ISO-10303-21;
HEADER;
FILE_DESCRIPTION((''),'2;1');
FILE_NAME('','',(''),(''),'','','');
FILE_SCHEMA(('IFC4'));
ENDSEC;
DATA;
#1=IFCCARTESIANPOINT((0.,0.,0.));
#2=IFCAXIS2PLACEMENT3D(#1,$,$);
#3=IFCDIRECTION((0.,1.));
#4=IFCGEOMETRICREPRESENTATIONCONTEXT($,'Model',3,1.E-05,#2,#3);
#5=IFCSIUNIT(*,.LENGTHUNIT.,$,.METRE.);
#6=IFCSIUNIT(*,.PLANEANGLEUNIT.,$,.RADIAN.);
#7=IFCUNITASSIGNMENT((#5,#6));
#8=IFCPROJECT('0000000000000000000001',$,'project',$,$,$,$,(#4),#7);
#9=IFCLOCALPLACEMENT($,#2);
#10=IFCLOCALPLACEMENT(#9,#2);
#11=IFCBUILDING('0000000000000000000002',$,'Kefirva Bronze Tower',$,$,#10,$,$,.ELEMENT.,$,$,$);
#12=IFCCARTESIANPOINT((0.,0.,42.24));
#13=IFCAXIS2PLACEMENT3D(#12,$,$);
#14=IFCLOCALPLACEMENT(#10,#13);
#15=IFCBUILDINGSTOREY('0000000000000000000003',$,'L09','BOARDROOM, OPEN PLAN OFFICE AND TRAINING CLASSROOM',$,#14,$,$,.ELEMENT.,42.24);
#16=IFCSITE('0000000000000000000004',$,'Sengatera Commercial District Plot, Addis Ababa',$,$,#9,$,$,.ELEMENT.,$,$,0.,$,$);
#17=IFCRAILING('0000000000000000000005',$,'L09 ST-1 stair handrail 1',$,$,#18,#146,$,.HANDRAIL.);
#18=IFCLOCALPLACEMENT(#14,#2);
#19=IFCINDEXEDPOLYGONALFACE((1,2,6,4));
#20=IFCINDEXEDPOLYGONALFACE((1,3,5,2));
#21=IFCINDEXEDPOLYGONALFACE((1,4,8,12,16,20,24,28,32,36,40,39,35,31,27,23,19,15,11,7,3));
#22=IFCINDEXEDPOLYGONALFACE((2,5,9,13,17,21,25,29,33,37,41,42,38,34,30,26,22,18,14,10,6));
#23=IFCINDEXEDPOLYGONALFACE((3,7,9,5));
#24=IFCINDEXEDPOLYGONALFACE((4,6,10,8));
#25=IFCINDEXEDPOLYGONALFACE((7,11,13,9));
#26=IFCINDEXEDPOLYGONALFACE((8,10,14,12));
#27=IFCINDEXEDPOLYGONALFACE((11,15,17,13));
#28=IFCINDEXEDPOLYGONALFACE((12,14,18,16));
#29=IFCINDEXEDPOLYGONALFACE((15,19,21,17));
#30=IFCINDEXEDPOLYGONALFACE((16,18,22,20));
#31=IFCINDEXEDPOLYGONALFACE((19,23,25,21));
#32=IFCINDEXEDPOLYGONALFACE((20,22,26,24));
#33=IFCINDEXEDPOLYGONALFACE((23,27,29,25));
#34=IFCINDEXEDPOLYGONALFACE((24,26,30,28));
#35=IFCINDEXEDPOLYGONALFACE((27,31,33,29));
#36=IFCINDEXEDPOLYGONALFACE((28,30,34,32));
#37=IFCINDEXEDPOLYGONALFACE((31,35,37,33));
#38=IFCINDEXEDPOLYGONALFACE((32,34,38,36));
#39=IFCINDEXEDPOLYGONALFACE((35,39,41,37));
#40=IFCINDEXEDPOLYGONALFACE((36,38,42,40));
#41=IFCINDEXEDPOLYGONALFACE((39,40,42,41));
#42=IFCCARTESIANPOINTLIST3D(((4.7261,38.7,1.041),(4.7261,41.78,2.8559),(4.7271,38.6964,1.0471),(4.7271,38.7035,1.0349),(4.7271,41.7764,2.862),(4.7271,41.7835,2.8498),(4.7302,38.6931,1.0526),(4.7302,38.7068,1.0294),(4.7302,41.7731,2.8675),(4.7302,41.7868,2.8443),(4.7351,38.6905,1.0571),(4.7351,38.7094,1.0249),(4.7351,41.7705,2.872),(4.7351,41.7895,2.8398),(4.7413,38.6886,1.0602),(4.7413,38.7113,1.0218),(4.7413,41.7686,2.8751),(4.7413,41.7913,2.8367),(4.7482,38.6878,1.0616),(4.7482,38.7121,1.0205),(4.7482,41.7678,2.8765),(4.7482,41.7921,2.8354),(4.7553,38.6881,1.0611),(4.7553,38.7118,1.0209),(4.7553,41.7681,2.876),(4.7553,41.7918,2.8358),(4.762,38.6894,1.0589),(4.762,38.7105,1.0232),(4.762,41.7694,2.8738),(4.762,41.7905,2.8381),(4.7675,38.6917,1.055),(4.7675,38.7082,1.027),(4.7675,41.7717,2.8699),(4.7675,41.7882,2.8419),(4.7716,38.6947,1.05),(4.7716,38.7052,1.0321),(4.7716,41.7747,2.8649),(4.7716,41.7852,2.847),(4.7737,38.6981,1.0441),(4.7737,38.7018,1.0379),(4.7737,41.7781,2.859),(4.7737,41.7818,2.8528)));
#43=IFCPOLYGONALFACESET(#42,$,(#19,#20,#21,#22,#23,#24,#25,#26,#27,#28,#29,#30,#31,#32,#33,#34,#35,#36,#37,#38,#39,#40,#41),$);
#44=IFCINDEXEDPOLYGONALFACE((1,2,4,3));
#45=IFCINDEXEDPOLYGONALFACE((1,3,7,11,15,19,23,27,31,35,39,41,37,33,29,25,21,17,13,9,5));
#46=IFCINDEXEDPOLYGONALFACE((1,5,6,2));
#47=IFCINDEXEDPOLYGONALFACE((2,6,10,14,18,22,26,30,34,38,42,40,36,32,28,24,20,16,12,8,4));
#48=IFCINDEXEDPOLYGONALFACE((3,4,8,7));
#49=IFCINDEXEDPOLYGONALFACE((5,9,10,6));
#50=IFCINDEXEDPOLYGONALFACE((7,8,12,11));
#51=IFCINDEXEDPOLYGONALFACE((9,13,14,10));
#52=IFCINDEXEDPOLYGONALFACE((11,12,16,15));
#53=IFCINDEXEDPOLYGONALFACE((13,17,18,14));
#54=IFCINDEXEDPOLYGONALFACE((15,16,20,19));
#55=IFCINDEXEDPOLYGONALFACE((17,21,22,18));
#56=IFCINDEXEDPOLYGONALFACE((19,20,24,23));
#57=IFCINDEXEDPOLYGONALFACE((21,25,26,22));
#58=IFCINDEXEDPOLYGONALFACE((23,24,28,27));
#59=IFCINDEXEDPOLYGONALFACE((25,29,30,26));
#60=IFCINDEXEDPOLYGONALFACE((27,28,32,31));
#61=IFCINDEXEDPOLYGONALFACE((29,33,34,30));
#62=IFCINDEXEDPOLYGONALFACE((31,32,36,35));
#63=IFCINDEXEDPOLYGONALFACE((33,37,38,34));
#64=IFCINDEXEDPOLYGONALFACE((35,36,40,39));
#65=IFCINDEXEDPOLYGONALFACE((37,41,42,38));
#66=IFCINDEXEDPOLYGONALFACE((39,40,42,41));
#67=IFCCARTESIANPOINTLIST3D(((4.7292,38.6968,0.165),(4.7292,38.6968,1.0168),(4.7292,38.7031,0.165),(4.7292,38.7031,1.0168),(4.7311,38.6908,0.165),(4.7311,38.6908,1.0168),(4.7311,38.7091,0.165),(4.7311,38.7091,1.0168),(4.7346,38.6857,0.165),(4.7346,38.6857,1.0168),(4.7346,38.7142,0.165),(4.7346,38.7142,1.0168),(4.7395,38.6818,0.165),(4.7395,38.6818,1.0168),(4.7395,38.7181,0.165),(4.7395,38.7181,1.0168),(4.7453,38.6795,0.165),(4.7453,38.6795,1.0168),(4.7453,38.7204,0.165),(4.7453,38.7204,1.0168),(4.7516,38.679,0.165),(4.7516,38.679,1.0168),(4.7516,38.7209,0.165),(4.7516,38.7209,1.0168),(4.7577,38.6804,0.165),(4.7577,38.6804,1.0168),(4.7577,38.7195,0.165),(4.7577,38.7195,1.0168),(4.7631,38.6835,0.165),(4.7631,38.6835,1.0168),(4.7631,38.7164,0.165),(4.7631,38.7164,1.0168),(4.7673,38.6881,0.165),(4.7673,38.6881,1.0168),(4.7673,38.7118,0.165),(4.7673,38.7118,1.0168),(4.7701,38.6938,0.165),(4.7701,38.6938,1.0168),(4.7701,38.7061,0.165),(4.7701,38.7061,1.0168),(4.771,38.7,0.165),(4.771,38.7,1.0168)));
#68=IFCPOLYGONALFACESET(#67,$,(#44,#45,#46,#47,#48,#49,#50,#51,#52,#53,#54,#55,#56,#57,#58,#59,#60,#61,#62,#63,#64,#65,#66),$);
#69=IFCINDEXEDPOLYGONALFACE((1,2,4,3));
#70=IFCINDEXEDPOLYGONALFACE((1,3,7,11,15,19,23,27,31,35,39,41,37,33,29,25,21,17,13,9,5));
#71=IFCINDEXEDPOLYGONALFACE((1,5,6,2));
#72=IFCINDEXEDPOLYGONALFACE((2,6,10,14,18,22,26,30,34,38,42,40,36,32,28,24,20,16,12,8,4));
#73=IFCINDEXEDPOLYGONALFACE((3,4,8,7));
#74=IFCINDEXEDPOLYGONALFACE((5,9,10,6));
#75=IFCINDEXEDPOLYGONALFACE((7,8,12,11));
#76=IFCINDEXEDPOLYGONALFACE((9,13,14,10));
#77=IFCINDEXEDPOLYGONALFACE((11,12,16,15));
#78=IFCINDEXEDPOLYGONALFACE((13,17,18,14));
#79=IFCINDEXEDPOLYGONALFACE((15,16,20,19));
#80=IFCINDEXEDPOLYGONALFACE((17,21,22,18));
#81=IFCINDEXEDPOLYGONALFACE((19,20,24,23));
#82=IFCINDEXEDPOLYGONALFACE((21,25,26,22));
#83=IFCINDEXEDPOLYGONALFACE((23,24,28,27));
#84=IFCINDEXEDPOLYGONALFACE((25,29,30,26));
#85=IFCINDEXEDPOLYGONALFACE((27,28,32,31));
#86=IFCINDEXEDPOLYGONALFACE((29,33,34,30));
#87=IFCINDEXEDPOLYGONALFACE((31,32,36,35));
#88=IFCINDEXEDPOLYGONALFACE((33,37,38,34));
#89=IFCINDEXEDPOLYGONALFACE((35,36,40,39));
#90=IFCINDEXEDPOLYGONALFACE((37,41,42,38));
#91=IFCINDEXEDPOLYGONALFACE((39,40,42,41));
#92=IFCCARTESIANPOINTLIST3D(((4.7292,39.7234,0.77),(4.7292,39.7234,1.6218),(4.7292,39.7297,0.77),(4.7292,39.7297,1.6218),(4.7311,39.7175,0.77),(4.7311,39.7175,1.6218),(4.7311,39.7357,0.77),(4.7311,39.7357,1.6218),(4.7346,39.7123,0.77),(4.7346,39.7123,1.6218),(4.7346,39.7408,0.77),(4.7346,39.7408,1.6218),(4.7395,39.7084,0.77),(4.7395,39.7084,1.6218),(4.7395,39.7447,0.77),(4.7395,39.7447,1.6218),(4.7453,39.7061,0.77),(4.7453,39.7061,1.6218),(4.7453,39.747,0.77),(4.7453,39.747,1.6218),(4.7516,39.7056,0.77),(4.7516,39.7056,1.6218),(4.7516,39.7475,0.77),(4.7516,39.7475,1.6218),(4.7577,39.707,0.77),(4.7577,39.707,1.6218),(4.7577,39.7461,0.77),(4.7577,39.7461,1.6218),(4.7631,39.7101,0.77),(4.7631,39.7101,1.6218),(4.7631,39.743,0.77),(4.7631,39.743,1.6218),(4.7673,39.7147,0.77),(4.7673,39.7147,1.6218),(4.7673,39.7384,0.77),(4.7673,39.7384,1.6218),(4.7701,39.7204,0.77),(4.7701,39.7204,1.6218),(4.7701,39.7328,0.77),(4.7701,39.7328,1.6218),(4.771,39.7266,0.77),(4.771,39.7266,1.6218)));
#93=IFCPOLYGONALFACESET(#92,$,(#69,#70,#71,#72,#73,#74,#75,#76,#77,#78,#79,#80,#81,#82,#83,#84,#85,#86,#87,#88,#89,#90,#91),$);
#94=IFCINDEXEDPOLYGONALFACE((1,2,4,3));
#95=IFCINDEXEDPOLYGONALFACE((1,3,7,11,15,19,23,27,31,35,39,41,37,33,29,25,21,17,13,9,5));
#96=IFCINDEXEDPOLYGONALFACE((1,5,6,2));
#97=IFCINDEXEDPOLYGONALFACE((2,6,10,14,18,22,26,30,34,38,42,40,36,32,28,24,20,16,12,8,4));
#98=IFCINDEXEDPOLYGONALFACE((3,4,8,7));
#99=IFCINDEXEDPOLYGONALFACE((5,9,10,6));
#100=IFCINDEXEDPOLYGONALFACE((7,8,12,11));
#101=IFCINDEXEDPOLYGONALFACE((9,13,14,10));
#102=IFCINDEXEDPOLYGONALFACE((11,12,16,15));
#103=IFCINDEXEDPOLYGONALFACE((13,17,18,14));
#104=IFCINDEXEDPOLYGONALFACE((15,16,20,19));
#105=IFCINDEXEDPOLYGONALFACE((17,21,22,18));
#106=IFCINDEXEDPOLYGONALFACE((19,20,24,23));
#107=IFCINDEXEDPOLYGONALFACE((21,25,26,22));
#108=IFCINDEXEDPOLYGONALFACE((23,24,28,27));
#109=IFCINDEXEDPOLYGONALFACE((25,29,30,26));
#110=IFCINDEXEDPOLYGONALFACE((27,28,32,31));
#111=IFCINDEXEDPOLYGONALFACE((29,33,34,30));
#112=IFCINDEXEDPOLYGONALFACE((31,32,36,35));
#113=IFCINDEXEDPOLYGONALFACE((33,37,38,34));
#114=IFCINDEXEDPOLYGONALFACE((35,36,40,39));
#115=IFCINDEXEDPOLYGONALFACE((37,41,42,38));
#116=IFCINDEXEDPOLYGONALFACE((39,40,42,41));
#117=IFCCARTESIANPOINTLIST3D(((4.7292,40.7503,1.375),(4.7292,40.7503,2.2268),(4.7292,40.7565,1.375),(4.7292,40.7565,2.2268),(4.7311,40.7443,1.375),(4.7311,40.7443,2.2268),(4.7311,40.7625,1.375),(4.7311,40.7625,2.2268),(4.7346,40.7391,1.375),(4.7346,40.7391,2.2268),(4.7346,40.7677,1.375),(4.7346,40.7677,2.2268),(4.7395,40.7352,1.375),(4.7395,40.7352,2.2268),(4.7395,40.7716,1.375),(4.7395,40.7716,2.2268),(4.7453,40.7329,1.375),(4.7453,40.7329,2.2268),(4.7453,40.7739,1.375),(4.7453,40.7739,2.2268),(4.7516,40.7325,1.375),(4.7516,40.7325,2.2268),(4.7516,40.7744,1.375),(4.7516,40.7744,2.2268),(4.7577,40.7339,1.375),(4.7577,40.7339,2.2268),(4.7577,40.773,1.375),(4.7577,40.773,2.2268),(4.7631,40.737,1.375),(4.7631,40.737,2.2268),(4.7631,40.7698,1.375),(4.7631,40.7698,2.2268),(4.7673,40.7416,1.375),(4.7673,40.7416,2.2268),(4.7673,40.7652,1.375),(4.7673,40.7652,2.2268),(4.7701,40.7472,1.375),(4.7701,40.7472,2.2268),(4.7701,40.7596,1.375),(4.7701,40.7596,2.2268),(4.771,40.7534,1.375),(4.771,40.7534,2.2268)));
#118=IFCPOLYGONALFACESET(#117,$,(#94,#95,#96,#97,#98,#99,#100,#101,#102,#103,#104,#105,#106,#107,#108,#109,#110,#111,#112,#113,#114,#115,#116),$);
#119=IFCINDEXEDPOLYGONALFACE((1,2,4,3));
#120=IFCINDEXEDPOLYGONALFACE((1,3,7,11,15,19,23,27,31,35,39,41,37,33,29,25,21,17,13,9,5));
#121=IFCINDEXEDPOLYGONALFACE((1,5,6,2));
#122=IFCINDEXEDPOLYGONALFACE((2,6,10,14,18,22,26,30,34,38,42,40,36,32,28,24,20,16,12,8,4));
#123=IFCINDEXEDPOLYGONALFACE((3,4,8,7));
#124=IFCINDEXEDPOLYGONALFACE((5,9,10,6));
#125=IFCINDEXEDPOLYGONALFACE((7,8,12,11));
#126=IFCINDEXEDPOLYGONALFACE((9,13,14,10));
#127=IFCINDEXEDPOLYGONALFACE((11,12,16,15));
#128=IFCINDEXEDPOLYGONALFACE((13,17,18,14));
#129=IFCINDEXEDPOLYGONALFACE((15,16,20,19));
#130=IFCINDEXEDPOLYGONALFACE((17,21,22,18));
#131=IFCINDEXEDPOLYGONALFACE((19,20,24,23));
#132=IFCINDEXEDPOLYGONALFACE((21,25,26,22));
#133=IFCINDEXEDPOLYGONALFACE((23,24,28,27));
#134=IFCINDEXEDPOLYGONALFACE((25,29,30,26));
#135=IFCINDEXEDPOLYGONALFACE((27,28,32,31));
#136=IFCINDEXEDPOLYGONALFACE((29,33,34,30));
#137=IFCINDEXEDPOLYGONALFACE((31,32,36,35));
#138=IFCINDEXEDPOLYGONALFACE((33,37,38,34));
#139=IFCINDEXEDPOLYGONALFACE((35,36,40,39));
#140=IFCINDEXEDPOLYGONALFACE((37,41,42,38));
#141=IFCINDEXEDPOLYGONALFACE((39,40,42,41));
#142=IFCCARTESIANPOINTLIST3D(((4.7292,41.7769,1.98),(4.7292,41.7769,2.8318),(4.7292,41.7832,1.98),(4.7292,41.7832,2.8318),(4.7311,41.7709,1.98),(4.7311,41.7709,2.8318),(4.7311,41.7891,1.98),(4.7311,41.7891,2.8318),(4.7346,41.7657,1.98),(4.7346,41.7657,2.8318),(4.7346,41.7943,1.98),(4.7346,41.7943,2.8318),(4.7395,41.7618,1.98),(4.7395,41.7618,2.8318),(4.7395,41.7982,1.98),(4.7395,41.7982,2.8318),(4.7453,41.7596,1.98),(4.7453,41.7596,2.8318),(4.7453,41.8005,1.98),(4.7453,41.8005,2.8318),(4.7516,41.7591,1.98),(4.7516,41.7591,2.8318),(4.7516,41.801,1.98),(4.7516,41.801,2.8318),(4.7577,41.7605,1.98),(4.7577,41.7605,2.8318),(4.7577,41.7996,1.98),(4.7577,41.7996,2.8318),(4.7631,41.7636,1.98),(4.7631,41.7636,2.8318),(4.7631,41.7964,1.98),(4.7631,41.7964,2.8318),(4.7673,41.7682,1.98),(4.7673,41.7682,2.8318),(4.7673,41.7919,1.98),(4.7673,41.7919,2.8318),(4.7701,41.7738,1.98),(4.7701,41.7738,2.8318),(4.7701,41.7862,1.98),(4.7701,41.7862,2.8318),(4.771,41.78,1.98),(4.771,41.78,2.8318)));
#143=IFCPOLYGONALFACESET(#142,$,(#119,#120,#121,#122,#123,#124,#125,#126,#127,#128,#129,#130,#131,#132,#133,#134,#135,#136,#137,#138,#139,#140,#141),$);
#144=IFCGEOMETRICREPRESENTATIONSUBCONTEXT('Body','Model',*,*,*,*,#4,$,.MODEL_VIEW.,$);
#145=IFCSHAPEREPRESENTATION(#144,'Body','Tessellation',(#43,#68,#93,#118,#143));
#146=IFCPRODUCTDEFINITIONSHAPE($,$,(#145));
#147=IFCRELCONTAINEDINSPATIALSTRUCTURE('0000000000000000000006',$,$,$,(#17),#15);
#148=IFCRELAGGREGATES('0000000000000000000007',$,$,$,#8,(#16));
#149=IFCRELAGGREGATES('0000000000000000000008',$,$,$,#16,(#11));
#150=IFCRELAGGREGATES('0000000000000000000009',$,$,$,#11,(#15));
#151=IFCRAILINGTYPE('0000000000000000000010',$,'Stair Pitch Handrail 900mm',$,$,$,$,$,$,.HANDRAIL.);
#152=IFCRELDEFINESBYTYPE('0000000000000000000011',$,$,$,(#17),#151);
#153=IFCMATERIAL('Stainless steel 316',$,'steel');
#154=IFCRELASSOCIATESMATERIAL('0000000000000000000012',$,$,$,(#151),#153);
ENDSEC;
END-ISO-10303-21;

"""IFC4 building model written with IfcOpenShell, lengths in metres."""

from ifc_helpers import new_model, si_unit, direction, frame, origin, origin_2d, place, context, subcontext, project, spatial, circle, extrude, material, type_object, element, save


model = new_model("IFC4")

# Units and contexts
model_context = context("Model", 3, precision=1e-05, world=origin(), true_north=direction((0.0, 1.0)))
body_context = subcontext(model_context, "Body", "Model", "MODEL_VIEW")
ifc_project = project(units=[si_unit("LENGTHUNIT", "METRE"), si_unit("PLANEANGLEUNIT", "RADIAN")], contexts=[model_context])

# Site, building, storey
site_placement = place(None, origin())
site = spatial("IfcSite", under=ifc_project, at=site_placement, Name="Sengatera Commercial District Plot, Addis Ababa", CompositionType="ELEMENT", RefElevation=0.0)
building_placement = place(site_placement, origin())
building = spatial("IfcBuilding", under=site, at=building_placement, Name="Kefirva Bronze Tower", CompositionType="ELEMENT")
storey_placement = place(building_placement, frame((0.0, 0.0, 42.24)))
storey = spatial("IfcBuildingStorey", under=building, at=storey_placement, Name="L09", Description="BOARDROOM, OPEN PLAN OFFICE AND TRAINING CLASSROOM", CompositionType="ELEMENT", Elevation=42.24)

# Railing
ifc_material_1 = material(Name="Stainless steel 316", Category="steel")
railing_type_1 = type_object("IfcRailingType", Name="Stair Pitch Handrail 900mm", PredefinedType="HANDRAIL", material=ifc_material_1)
railing_1_placement = place(storey_placement, frame((4.75, 38.7, 0.165)))
element("IfcRailing", 1, at=railing_1_placement, inside=storey, type_object=railing_type_1, Name="L09 ST-1 stair handrail 1", PredefinedType="HANDRAIL", context=body_context, shape_type="SweptSolid", body=[
    extrude(circle(Radius=0.0239, at=origin_2d()), frame((0.0, 0.0, 0.876), z_axis=(0.0, 0.861551, 0.507671), x_axis=(-1.0, 0.0, 0.0)), (0.0, 0.0, 1.0), 3.575),
    extrude(circle(Radius=0.021, at=origin_2d()), origin(), (0.0, 0.0, 1.0), 0.8518),
    extrude(circle(Radius=0.021, at=origin_2d()), frame((0.0, 1.0266, 0.605)), (0.0, 0.0, 1.0), 0.8518),
    extrude(circle(Radius=0.021, at=origin_2d()), frame((0.0, 2.0535, 1.21)), (0.0, 0.0, 1.0), 0.8518),
    extrude(circle(Radius=0.021, at=origin_2d()), frame((0.0, 3.0801, 1.8149)), (0.0, 0.0, 1.0), 0.8518),
])

save(model, "model.ifc")
